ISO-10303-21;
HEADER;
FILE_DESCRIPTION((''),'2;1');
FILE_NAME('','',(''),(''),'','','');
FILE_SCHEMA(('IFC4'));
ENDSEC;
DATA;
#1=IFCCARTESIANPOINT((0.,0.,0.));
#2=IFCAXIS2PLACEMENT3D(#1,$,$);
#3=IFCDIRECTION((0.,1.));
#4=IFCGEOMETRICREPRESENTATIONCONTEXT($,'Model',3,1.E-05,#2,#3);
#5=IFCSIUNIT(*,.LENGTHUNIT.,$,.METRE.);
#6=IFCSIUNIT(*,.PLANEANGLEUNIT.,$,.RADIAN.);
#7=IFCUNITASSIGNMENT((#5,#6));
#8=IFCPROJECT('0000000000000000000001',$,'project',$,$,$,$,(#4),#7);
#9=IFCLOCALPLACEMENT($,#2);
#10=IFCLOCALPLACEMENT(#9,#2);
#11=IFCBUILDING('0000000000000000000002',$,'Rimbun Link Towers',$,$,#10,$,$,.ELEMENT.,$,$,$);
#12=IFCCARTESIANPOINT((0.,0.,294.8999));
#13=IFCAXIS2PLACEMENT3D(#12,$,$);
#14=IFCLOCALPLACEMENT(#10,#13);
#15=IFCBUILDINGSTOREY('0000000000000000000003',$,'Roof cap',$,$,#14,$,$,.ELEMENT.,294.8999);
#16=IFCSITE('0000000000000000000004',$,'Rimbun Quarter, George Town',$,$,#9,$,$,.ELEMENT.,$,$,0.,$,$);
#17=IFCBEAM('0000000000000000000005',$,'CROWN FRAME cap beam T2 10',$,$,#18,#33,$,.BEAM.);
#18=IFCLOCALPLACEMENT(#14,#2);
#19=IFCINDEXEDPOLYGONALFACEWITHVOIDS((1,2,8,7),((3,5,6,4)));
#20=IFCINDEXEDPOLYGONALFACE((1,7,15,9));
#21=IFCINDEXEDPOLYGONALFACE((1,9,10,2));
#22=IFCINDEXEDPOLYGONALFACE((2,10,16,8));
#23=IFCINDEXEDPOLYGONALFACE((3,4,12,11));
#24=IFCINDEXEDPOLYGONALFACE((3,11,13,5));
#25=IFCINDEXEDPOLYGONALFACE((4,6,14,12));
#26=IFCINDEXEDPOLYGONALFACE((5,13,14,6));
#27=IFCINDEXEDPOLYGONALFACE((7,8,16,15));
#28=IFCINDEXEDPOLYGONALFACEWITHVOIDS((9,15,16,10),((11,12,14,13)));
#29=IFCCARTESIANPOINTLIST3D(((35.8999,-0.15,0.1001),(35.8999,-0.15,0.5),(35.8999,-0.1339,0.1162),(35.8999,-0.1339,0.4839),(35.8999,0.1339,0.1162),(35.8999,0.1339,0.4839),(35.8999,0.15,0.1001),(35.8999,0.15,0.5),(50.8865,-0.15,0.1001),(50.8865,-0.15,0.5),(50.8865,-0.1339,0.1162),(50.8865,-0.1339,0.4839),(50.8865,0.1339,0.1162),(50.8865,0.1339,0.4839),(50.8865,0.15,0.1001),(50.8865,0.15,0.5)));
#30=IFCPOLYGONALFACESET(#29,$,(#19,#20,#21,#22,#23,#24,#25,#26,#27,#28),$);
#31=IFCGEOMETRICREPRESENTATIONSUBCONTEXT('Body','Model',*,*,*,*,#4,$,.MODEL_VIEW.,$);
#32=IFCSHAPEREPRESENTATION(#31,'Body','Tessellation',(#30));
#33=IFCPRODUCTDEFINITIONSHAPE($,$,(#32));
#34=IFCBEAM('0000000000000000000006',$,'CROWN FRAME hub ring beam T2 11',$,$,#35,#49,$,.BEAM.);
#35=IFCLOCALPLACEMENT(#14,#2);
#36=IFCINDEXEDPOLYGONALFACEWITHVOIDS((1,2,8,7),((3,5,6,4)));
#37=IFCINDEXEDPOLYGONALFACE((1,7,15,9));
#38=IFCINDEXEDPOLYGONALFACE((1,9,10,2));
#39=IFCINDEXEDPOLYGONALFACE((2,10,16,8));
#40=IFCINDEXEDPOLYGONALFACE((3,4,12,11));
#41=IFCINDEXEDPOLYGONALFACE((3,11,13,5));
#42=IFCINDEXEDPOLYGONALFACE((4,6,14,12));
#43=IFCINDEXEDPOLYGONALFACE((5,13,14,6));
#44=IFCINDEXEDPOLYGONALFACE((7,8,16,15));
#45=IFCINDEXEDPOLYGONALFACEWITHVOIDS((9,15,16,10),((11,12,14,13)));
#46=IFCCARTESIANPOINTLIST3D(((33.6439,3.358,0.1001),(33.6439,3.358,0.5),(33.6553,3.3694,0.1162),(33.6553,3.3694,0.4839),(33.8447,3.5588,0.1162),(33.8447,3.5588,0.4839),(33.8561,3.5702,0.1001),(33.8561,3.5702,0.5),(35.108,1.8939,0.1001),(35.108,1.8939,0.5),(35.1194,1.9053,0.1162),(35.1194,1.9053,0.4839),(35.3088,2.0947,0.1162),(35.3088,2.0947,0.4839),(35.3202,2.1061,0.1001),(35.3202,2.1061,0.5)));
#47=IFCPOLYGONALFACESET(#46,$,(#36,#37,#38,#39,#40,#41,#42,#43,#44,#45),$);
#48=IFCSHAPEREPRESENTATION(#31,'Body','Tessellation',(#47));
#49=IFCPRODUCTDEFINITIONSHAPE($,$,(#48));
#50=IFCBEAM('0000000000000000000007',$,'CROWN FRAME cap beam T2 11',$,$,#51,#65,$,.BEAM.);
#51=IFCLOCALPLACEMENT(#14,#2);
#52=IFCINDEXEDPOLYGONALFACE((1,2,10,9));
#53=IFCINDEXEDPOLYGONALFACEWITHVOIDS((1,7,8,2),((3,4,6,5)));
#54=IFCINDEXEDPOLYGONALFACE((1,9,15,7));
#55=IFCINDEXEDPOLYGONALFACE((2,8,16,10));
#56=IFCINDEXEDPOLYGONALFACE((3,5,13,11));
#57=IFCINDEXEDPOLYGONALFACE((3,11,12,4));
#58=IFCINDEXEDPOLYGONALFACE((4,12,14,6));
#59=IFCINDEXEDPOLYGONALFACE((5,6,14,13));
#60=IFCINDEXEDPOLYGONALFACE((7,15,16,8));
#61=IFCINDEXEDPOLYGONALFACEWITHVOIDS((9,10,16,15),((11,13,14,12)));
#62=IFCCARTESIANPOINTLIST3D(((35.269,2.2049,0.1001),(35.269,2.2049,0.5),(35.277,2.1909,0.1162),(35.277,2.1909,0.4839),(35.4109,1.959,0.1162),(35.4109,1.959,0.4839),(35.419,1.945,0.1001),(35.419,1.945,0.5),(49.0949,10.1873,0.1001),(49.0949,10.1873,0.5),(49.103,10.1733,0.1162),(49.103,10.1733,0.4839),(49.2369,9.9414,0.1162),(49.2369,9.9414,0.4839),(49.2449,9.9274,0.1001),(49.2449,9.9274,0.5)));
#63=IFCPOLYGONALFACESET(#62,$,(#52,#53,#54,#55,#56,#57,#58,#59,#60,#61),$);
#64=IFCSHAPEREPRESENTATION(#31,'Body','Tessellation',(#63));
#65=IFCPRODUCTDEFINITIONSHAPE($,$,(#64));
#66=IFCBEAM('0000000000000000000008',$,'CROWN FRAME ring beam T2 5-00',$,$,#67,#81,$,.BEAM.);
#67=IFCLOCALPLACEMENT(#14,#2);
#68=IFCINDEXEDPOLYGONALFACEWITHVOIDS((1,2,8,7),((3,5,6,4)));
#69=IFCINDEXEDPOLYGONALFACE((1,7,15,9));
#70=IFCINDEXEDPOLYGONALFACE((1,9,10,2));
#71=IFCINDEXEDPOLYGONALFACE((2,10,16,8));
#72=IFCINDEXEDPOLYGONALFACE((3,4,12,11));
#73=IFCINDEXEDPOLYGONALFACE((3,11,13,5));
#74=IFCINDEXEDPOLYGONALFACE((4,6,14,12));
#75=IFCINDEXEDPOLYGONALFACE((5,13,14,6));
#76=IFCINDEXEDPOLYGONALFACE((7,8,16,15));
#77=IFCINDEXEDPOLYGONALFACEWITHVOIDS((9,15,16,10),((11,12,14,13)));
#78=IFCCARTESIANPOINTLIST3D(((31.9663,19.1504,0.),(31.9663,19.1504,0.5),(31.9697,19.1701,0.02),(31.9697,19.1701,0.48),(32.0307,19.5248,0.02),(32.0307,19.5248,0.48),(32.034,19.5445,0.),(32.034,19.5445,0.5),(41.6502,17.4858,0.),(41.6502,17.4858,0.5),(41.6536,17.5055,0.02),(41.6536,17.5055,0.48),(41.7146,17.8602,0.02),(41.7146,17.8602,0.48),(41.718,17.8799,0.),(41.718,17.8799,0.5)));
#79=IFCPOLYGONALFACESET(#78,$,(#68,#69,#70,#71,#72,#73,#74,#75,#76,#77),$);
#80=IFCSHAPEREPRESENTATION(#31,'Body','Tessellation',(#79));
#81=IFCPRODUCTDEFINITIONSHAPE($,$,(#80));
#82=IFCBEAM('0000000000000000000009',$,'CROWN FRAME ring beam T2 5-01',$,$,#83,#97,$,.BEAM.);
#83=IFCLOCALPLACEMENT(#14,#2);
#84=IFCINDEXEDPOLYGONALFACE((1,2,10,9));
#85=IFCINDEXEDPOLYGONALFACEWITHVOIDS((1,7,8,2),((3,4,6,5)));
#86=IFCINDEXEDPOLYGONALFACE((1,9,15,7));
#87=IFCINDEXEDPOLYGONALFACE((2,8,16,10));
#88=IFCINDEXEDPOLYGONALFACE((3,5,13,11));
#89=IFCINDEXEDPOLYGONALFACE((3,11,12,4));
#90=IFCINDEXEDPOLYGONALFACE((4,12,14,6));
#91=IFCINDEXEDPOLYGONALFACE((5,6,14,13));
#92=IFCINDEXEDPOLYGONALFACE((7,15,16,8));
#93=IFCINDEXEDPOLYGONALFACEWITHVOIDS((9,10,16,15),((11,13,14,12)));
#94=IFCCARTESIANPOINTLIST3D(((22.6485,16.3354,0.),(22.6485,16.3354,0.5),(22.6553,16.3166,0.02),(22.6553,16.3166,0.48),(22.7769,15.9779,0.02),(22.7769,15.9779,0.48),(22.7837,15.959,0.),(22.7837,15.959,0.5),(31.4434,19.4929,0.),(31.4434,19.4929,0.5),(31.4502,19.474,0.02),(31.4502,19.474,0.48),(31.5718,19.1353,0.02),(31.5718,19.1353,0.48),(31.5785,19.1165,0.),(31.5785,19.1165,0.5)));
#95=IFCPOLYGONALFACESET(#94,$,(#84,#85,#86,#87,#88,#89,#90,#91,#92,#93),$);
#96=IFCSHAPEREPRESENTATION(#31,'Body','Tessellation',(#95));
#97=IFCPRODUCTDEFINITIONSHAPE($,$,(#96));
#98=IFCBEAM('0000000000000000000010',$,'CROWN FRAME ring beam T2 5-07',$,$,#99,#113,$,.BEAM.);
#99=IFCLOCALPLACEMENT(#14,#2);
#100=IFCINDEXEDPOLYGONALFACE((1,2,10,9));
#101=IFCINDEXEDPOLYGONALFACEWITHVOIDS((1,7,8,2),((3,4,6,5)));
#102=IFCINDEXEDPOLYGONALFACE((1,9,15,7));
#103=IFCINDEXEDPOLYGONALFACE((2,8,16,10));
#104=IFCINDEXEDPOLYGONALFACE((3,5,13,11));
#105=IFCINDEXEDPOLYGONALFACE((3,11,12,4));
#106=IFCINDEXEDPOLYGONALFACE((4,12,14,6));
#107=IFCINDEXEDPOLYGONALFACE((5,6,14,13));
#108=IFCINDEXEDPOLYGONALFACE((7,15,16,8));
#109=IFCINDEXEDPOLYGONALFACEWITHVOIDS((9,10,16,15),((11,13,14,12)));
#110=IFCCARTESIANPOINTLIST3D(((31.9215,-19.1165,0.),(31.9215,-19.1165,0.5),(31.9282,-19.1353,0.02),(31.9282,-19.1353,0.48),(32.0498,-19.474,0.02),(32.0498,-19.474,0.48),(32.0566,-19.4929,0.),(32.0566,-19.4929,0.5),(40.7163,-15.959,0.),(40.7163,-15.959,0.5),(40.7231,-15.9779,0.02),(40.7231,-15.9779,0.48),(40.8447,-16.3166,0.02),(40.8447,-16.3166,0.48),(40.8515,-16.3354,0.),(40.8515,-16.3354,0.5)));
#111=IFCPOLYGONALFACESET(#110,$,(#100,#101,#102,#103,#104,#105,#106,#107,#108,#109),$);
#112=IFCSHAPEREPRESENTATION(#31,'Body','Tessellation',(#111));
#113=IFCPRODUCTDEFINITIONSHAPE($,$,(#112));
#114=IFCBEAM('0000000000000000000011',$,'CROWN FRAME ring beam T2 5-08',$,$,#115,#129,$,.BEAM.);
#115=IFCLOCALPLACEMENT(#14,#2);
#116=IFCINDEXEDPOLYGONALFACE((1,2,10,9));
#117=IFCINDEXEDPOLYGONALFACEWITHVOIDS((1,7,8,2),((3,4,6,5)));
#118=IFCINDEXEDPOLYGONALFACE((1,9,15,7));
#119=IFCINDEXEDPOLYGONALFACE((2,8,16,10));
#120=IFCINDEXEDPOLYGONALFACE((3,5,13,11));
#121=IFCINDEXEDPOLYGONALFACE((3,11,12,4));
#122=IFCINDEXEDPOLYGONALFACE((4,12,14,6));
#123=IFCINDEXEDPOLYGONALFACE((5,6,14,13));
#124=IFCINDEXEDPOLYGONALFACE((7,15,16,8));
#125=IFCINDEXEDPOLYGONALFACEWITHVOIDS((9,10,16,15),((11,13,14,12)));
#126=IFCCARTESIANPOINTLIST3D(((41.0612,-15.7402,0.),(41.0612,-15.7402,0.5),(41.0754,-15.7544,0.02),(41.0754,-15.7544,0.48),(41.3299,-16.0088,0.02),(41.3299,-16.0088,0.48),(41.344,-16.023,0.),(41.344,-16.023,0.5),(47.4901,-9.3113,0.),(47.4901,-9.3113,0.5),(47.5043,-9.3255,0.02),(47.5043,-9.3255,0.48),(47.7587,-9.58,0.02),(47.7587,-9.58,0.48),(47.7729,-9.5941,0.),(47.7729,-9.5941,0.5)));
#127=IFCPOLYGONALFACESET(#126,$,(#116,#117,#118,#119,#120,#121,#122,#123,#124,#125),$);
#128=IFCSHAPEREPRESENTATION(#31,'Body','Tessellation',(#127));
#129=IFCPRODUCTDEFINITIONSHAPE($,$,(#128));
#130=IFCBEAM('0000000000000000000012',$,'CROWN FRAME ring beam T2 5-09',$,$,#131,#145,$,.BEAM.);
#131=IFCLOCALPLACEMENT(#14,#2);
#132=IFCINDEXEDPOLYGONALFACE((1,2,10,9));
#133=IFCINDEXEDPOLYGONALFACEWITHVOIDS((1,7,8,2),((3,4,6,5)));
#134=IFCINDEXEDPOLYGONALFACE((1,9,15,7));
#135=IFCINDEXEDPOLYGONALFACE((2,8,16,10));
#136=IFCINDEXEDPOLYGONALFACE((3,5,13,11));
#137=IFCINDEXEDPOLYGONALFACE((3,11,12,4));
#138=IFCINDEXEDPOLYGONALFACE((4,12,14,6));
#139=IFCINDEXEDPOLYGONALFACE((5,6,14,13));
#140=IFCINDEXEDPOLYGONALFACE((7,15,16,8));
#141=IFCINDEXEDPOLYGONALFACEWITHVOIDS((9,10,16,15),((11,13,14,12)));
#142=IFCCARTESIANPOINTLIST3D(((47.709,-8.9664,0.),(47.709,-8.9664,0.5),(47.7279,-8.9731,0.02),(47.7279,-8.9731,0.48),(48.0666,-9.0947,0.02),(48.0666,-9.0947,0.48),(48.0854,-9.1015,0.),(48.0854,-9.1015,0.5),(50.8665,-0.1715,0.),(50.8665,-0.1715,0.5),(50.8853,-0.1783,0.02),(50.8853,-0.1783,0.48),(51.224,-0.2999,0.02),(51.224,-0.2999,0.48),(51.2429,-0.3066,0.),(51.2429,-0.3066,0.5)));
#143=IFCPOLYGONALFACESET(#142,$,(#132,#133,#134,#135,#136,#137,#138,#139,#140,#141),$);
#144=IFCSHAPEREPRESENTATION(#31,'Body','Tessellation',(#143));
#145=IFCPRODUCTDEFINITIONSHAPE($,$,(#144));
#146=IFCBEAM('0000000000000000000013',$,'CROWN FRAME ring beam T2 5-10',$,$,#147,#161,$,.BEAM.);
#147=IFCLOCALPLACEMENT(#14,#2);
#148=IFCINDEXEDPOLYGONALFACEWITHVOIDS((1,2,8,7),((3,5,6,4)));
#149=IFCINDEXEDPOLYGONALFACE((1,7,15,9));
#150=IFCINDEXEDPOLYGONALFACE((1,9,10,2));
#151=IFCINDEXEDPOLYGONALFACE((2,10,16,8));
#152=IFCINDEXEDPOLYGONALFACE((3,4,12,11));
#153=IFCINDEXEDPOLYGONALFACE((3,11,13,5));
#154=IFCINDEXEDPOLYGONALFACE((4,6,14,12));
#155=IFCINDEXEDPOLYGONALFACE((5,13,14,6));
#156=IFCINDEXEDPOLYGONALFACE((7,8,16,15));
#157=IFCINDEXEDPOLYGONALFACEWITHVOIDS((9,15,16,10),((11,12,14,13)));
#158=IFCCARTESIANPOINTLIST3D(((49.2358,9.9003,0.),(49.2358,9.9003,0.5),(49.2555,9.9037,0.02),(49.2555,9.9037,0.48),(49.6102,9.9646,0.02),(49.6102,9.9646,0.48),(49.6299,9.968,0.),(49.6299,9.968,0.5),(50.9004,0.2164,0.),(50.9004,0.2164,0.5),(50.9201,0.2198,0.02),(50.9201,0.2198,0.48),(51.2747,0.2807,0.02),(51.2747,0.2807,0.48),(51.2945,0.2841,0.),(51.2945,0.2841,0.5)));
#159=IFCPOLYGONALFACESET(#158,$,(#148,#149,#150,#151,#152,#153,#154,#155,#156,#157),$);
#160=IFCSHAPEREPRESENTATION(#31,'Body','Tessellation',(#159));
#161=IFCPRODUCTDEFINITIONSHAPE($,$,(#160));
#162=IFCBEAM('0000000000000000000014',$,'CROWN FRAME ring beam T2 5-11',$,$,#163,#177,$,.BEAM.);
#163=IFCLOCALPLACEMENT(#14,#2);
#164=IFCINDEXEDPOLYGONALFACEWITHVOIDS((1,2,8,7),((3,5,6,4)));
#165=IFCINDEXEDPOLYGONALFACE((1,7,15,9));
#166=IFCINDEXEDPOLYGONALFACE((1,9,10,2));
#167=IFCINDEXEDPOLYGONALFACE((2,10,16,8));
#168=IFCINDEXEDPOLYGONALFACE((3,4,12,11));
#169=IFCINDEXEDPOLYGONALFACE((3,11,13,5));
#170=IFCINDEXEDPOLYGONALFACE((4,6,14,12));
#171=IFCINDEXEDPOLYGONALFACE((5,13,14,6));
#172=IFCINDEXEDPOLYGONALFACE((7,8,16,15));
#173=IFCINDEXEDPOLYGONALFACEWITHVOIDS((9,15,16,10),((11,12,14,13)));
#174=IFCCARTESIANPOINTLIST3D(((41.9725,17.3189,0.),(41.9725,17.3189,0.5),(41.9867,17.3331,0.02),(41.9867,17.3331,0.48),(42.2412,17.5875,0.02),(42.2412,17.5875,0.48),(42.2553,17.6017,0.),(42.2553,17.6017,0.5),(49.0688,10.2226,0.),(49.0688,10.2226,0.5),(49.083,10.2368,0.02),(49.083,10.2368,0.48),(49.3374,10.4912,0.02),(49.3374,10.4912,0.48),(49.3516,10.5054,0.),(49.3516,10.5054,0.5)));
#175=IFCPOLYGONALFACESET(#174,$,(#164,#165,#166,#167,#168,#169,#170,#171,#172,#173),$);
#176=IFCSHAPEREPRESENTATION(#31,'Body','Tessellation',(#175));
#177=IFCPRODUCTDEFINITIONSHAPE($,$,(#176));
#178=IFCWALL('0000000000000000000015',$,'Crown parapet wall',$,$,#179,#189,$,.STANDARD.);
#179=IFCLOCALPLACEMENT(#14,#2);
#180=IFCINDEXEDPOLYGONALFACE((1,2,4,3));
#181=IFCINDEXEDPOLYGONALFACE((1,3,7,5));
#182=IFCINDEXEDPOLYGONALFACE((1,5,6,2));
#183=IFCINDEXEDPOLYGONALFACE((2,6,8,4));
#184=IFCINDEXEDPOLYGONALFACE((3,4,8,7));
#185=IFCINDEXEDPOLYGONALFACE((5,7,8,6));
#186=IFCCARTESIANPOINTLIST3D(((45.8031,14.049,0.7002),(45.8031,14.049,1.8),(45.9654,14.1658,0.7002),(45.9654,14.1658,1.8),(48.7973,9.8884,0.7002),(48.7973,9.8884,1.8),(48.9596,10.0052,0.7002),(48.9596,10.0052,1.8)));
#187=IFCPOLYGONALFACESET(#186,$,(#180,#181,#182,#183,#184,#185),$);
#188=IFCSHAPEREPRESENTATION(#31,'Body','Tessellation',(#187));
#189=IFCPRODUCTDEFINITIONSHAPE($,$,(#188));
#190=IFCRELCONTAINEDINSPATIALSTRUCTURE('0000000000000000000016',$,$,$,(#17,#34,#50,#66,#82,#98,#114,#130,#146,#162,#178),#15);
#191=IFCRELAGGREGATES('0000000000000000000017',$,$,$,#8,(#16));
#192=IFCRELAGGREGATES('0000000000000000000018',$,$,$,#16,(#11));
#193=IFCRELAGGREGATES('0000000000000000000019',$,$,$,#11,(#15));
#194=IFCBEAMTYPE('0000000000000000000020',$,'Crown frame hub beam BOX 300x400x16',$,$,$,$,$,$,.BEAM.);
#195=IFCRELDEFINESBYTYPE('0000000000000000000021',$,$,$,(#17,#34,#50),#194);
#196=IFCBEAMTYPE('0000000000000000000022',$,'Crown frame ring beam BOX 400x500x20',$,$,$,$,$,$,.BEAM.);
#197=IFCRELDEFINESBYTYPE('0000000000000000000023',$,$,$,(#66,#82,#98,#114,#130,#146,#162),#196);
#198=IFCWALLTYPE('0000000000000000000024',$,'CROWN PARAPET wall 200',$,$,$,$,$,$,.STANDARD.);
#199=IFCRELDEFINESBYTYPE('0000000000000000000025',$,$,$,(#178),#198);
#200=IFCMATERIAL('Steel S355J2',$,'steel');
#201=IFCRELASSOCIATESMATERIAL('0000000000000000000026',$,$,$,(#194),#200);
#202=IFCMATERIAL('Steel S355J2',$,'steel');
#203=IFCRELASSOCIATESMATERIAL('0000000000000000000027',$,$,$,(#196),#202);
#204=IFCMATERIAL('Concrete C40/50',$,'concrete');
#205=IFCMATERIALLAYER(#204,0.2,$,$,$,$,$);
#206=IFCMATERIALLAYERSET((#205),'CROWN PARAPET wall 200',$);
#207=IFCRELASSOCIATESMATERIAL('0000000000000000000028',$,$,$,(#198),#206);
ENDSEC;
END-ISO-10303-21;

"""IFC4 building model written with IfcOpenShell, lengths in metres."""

from ifc_helpers import new_model, si_unit, direction, frame, frame_2d, origin, origin_2d, place, context, subcontext, project, spatial, rectangle, hollow_rectangle, extrude, material, layer, layer_set, material_profile, profile_set, type_object, element, save


model = new_model("IFC4")

# Units and contexts
model_context = context("Model", 3, precision=1e-05, world=origin(), true_north=direction((0.0, 1.0)))
body_context = subcontext(model_context, "Body", "Model", "MODEL_VIEW")
ifc_project = project(units=[si_unit("LENGTHUNIT", "METRE"), si_unit("PLANEANGLEUNIT", "RADIAN")], contexts=[model_context])

# Site, building, storey
site_placement = place(None, origin())
site = spatial("IfcSite", under=ifc_project, at=site_placement, Name="Rimbun Quarter, George Town", CompositionType="ELEMENT", RefElevation=0.0)
building_placement = place(site_placement, origin())
building = spatial("IfcBuilding", under=site, at=building_placement, Name="Rimbun Link Towers", CompositionType="ELEMENT")
storey_placement = place(building_placement, frame((0.0, 0.0, 294.8999)))
storey = spatial("IfcBuildingStorey", under=building, at=storey_placement, Name="Roof cap", CompositionType="ELEMENT", Elevation=294.8999)

# Beams
ifc_material_1 = material(Name="Steel S355J2", Category="steel")
ifc_material_profile_1 = material_profile(ifc_material_1, hollow_rectangle(XDim=0.3, YDim=0.3999, WallThickness=0.0161, at=origin_2d()), Name="Crown frame hub beam BOX 300x400x16")
ifc_profile_set_1 = profile_set([ifc_material_profile_1], Name="Steel S355J2")
beam_type_1 = type_object("IfcBeamType", Name="Crown frame hub beam BOX 300x400x16", PredefinedType="BEAM", material=ifc_profile_set_1)
beam_1_placement = place(storey_placement, frame((50.8865, 0.0, 0.3), z_axis=(-1.0, 0.0, 0.0), x_axis=(0.0, -1.0, 0.0)))
element("IfcBeam", 1, at=beam_1_placement, inside=storey, type_object=beam_type_1, Name="CROWN FRAME cap beam T2 10", PredefinedType="BEAM", context=body_context, shape_type="SweptSolid", body=[
    extrude(hollow_rectangle(XDim=0.3, YDim=0.3999, WallThickness=0.0161, at=origin_2d()), origin(), (0.0, 0.0, 1.0), 14.9866),
])
beam_2_placement = place(storey_placement, frame((35.2141, 2.0, 0.3), z_axis=(-0.707107, 0.707107, 0.0), x_axis=(-0.707107, -0.707107, 0.0)))
element("IfcBeam", 2, at=beam_2_placement, inside=storey, type_object=beam_type_1, Name="CROWN FRAME hub ring beam T2 11", PredefinedType="BEAM", context=body_context, shape_type="SweptSolid", body=[
    extrude(hollow_rectangle(XDim=0.3, YDim=0.3999, WallThickness=0.0161, at=origin_2d()), origin(), (0.0, 0.0, 1.0), 2.0706),
])
beam_3_placement = place(storey_placement, frame((49.1699, 10.0574, 0.3), z_axis=(-0.866025, -0.500001, 0.0), x_axis=(0.500001, -0.866025, 0.0)))
element("IfcBeam", 3, at=beam_3_placement, inside=storey, type_object=beam_type_1, Name="CROWN FRAME cap beam T2 11", PredefinedType="BEAM", context=body_context, shape_type="SweptSolid", body=[
    extrude(hollow_rectangle(XDim=0.3, YDim=0.3999, WallThickness=0.0161, at=origin_2d()), origin(), (0.0, 0.0, 1.0), 15.9648),
])
ifc_material_2 = material(Name="Steel S355J2", Category="steel")
ifc_material_profile_2 = material_profile(ifc_material_2, hollow_rectangle(XDim=0.3999, YDim=0.5, WallThickness=0.02, at=origin_2d()), Name="Crown frame ring beam BOX 400x500x20")
ifc_profile_set_2 = profile_set([ifc_material_profile_2], Name="Steel S355J2")
beam_type_2 = type_object("IfcBeamType", Name="Crown frame ring beam BOX 400x500x20", PredefinedType="BEAM", material=ifc_profile_set_2)
beam_4_placement = place(storey_placement, frame((41.6841, 17.6829, 0.25), z_axis=(-0.985546, 0.169405, 0.0), x_axis=(-0.169405, -0.985546, 0.0)))
element("IfcBeam", 4, at=beam_4_placement, inside=storey, type_object=beam_type_2, Name="CROWN FRAME ring beam T2 5-00", PredefinedType="BEAM", context=body_context, shape_type="SweptSolid", body=[
    extrude(hollow_rectangle(XDim=0.3999, YDim=0.5, WallThickness=0.02, at=origin_2d()), origin(), (0.0, 0.0, 1.0), 9.8259),
])
for number, where, z_axis, x_axis, name in (
    (5, (31.511, 19.3047, 0.25), (-0.941184, -0.337895, 0.0), (0.337895, -0.941184, 0.0), "CROWN FRAME ring beam T2 5-01"),
    (6, (31.989, -19.3047, 0.25), (0.941184, 0.337895, 0.0), (-0.337895, 0.941184, 0.0), "CROWN FRAME ring beam T2 5-07"),
):
    element("IfcBeam", number, at=place(storey_placement, frame(where, z_axis=z_axis, x_axis=x_axis)), inside=storey, type_object=beam_type_2, Name=name, PredefinedType="BEAM", context=body_context, shape_type="SweptSolid", body=[
        extrude(hollow_rectangle(XDim=0.3999, YDim=0.5, WallThickness=0.02, at=origin_2d()), origin(), (0.0, 0.0, 1.0), 9.3445),
    ])
beam_5_placement = place(storey_placement, frame((41.2026, -15.8816, 0.25), z_axis=(0.707107, 0.707107, 0.0), x_axis=(-0.707107, 0.707107, 0.0)))
element("IfcBeam", 7, at=beam_5_placement, inside=storey, type_object=beam_type_2, Name="CROWN FRAME ring beam T2 5-08", PredefinedType="BEAM", context=body_context, shape_type="SweptSolid", body=[
    extrude(hollow_rectangle(XDim=0.3999, YDim=0.5, WallThickness=0.02, at=origin_2d()), origin(), (0.0, 0.0, 1.0), 9.0918),
])
beam_6_placement = place(storey_placement, frame((47.8972, -9.0339, 0.25), z_axis=(0.337895, 0.941184, 0.0), x_axis=(-0.941184, 0.337895, 0.0)))
element("IfcBeam", 8, at=beam_6_placement, inside=storey, type_object=beam_type_2, Name="CROWN FRAME ring beam T2 5-09", PredefinedType="BEAM", context=body_context, shape_type="SweptSolid", body=[
    extrude(hollow_rectangle(XDim=0.3999, YDim=0.5, WallThickness=0.02, at=origin_2d()), origin(), (0.0, 0.0, 1.0), 9.3445),
])
beam_7_placement = place(storey_placement, frame((51.0974, 0.2502, 0.25), z_axis=(-0.169405, 0.985546, 0.0), x_axis=(-0.985546, -0.169405, 0.0)))
element("IfcBeam", 9, at=beam_7_placement, inside=storey, type_object=beam_type_2, Name="CROWN FRAME ring beam T2 5-10", PredefinedType="BEAM", context=body_context, shape_type="SweptSolid", body=[
    extrude(hollow_rectangle(XDim=0.3999, YDim=0.5, WallThickness=0.02, at=origin_2d()), origin(), (0.0, 0.0, 1.0), 9.8259),
])
beam_8_placement = place(storey_placement, frame((49.2102, 10.364, 0.25), z_axis=(-0.707107, 0.707107, 0.0), x_axis=(-0.707107, -0.707107, 0.0)))
element("IfcBeam", 10, at=beam_8_placement, inside=storey, type_object=beam_type_2, Name="CROWN FRAME ring beam T2 5-11", PredefinedType="BEAM", context=body_context, shape_type="SweptSolid", body=[
    extrude(hollow_rectangle(XDim=0.3999, YDim=0.5, WallThickness=0.02, at=origin_2d()), origin(), (0.0, 0.0, 1.0), 10.0356),
])

# Wall
ifc_material_3 = material(Name="Concrete C40/50", Category="concrete")
ifc_layer = layer(ifc_material_3, 0.2)
ifc_layer_set = layer_set([ifc_layer], Name="CROWN PARAPET wall 200")
wall_type = type_object("IfcWallType", Name="CROWN PARAPET wall 200", PredefinedType="STANDARD", material=ifc_layer_set)
wall_1_placement = place(storey_placement, frame((45.8843, 14.1074, 0.7002), z_axis=(0.0, 0.0, 1.0), x_axis=(0.584109, -0.811675, 0.0)))
element("IfcWall", 11, at=wall_1_placement, inside=storey, type_object=wall_type, Name="Crown parapet wall", PredefinedType="STANDARD", context=body_context, shape_type="SweptSolid", body=[
    extrude(rectangle(XDim=5.126, YDim=0.2, at=frame_2d((2.563, 0.0))), origin(), (0.0, 0.0, 1.0), 1.0999),
])

save(model, "model.ifc")
